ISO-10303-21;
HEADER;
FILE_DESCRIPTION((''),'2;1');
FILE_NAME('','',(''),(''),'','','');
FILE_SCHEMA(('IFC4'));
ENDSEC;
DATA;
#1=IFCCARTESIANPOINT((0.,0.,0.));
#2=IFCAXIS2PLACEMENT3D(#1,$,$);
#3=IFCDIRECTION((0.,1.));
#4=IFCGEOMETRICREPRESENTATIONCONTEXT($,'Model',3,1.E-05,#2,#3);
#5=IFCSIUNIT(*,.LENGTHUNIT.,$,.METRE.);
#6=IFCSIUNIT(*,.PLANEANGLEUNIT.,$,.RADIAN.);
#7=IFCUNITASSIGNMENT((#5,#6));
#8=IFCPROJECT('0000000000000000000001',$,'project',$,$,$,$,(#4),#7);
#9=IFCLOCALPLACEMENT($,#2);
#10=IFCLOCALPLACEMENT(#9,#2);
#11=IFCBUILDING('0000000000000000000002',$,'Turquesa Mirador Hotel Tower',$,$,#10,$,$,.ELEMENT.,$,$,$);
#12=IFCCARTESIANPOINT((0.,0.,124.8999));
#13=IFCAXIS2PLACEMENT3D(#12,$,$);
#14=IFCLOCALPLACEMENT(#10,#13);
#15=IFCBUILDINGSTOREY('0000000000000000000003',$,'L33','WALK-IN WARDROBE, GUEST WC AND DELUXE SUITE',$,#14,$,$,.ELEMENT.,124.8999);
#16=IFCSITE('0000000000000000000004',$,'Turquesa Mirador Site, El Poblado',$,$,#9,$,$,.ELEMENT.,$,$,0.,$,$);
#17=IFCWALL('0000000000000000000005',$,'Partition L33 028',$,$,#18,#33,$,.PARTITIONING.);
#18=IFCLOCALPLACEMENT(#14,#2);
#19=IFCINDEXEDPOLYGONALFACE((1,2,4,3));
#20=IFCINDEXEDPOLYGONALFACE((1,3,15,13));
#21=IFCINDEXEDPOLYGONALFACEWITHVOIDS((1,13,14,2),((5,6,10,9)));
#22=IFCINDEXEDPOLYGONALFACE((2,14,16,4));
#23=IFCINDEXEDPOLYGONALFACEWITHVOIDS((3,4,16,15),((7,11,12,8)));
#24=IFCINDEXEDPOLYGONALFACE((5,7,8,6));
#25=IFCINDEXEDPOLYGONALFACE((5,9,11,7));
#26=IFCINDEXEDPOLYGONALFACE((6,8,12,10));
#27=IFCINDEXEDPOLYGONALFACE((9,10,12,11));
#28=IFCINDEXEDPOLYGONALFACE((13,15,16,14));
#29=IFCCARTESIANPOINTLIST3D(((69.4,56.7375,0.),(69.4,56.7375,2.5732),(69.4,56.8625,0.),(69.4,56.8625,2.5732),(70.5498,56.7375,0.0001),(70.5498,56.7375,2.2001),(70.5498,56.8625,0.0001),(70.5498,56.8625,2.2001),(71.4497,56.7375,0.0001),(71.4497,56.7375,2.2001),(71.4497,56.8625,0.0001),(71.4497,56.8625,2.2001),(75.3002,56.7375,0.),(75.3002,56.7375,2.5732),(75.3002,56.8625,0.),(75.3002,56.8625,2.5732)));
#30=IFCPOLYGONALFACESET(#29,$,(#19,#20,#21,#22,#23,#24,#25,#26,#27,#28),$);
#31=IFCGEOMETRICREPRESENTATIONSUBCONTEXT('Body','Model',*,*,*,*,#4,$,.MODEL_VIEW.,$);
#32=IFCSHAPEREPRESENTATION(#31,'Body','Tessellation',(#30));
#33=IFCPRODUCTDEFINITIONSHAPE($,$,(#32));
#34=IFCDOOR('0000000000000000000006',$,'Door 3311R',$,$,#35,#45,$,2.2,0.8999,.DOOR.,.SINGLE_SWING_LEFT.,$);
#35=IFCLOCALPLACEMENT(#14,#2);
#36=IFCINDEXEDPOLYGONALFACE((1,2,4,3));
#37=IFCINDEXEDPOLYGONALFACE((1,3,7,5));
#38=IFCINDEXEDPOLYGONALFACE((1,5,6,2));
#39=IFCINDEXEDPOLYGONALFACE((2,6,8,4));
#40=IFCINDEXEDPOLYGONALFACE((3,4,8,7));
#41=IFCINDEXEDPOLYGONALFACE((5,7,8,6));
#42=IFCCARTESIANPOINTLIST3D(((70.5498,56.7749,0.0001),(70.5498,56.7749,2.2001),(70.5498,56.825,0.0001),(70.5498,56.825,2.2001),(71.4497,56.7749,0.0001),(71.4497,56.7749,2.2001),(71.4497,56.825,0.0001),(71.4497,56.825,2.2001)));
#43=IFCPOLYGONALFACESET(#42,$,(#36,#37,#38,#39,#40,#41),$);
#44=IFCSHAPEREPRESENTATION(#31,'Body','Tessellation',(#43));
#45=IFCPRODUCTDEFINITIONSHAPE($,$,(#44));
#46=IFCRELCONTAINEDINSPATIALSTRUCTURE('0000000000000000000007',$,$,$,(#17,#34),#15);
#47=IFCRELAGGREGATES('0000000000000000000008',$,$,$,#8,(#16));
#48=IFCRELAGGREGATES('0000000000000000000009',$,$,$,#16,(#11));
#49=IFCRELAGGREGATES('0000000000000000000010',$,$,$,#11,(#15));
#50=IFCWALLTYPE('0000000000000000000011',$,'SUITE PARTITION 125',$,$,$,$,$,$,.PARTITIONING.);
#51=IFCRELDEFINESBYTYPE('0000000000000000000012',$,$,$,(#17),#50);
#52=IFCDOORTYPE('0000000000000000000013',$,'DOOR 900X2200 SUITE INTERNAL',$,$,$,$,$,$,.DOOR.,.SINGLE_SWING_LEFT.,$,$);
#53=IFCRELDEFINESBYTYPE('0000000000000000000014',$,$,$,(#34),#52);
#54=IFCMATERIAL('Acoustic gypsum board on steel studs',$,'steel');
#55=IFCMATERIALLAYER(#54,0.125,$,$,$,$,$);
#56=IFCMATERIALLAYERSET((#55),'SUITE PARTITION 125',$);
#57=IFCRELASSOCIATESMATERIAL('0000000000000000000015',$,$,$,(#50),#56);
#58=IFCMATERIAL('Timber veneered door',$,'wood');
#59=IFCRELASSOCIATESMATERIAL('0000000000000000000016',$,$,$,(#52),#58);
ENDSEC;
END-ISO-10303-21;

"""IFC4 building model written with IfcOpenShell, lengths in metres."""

from ifc_helpers import new_model, si_unit, direction, frame, frame_2d, origin, place, context, subcontext, project, spatial, rectangle, extrude, material, layer, layer_set, type_object, element, fill, save


model = new_model("IFC4")

# Units and contexts
model_context = context("Model", 3, precision=1e-05, world=origin(), true_north=direction((0.0, 1.0)))
body_context = subcontext(model_context, "Body", "Model", "MODEL_VIEW")
ifc_project = project(units=[si_unit("LENGTHUNIT", "METRE"), si_unit("PLANEANGLEUNIT", "RADIAN")], contexts=[model_context])

# Site, building, storey
site_placement = place(None, origin())
site = spatial("IfcSite", under=ifc_project, at=site_placement, Name="Turquesa Mirador Site, El Poblado", CompositionType="ELEMENT", RefElevation=0.0)
building_placement = place(site_placement, origin())
building = spatial("IfcBuilding", under=site, at=building_placement, Name="Turquesa Mirador Hotel Tower", CompositionType="ELEMENT")
storey_placement = place(building_placement, frame((0.0, 0.0, 124.8999)))
storey = spatial("IfcBuildingStorey", under=building, at=storey_placement, Name="L33", Description="WALK-IN WARDROBE, GUEST WC AND DELUXE SUITE", CompositionType="ELEMENT", Elevation=124.8999)

# Wall, opening, door
ifc_material_1 = material(Name="Acoustic gypsum board on steel studs", Category="steel")
ifc_layer_1 = layer(ifc_material_1, 0.125)
ifc_layer_set_1 = layer_set([ifc_layer_1], Name="SUITE PARTITION 125")
wall_type_1 = type_object("IfcWallType", Name="SUITE PARTITION 125", PredefinedType="PARTITIONING", material=ifc_layer_set_1)
wall_1_placement = place(storey_placement, frame((69.3999, 56.8, 0.0), z_axis=(0.0, 0.0, 1.0), x_axis=(1.0, 0.0, 0.0)))
wall_1 = element("IfcWall", 1, at=wall_1_placement, inside=storey, type_object=wall_type_1, Name="Partition L33 028", PredefinedType="PARTITIONING", context=body_context, shape_type="SweptSolid", body=[
    extrude(rectangle(XDim=5.9001, YDim=0.125, at=frame_2d((2.9502, 0.0))), origin(), (0.0, 0.0, 1.0), 2.5732),
])
opening_1_placement = place(wall_1_placement, frame((1.1499, 0.0, 0.0)))
opening_1 = element("IfcOpeningElement", 2, at=opening_1_placement, cuts=wall_1, PredefinedType="OPENING", context=body_context, shape_type="SweptSolid", body=[
    extrude(rectangle(XDim=0.8999, YDim=2.2, at=frame_2d((0.45, 1.1001))), frame((0.0, 0.0725, 0.0), z_axis=(0.0, -1.0, 0.0), x_axis=(1.0, 0.0, 0.0)), (0.0, 0.0, 1.0), 0.145),
])
ifc_material_2 = material(Name="Timber veneered door", Category="wood")
door_type_1 = type_object("IfcDoorType", Name="DOOR 900X2200 SUITE INTERNAL", OperationType="SINGLE_SWING_LEFT", PredefinedType="DOOR", material=ifc_material_2)
door_1_placement = place(opening_1_placement, origin())
door_1 = element("IfcDoor", 3, at=door_1_placement, inside=storey, type_object=door_type_1, Name="Door 3311R", OperationType="SINGLE_SWING_LEFT", OverallHeight=2.2, OverallWidth=0.8999, PredefinedType="DOOR", context=body_context, shape_type="SweptSolid", body=[
    extrude(rectangle(XDim=0.8999, YDim=2.2, at=frame_2d((0.45, 1.1001))), frame((0.0, 0.0249, 0.0), z_axis=(0.0, -1.0, 0.0), x_axis=(1.0, 0.0, 0.0)), (0.0, 0.0, 1.0), 0.05),
])
fill(opening_1, door_1)

save(model, "model.ifc")
